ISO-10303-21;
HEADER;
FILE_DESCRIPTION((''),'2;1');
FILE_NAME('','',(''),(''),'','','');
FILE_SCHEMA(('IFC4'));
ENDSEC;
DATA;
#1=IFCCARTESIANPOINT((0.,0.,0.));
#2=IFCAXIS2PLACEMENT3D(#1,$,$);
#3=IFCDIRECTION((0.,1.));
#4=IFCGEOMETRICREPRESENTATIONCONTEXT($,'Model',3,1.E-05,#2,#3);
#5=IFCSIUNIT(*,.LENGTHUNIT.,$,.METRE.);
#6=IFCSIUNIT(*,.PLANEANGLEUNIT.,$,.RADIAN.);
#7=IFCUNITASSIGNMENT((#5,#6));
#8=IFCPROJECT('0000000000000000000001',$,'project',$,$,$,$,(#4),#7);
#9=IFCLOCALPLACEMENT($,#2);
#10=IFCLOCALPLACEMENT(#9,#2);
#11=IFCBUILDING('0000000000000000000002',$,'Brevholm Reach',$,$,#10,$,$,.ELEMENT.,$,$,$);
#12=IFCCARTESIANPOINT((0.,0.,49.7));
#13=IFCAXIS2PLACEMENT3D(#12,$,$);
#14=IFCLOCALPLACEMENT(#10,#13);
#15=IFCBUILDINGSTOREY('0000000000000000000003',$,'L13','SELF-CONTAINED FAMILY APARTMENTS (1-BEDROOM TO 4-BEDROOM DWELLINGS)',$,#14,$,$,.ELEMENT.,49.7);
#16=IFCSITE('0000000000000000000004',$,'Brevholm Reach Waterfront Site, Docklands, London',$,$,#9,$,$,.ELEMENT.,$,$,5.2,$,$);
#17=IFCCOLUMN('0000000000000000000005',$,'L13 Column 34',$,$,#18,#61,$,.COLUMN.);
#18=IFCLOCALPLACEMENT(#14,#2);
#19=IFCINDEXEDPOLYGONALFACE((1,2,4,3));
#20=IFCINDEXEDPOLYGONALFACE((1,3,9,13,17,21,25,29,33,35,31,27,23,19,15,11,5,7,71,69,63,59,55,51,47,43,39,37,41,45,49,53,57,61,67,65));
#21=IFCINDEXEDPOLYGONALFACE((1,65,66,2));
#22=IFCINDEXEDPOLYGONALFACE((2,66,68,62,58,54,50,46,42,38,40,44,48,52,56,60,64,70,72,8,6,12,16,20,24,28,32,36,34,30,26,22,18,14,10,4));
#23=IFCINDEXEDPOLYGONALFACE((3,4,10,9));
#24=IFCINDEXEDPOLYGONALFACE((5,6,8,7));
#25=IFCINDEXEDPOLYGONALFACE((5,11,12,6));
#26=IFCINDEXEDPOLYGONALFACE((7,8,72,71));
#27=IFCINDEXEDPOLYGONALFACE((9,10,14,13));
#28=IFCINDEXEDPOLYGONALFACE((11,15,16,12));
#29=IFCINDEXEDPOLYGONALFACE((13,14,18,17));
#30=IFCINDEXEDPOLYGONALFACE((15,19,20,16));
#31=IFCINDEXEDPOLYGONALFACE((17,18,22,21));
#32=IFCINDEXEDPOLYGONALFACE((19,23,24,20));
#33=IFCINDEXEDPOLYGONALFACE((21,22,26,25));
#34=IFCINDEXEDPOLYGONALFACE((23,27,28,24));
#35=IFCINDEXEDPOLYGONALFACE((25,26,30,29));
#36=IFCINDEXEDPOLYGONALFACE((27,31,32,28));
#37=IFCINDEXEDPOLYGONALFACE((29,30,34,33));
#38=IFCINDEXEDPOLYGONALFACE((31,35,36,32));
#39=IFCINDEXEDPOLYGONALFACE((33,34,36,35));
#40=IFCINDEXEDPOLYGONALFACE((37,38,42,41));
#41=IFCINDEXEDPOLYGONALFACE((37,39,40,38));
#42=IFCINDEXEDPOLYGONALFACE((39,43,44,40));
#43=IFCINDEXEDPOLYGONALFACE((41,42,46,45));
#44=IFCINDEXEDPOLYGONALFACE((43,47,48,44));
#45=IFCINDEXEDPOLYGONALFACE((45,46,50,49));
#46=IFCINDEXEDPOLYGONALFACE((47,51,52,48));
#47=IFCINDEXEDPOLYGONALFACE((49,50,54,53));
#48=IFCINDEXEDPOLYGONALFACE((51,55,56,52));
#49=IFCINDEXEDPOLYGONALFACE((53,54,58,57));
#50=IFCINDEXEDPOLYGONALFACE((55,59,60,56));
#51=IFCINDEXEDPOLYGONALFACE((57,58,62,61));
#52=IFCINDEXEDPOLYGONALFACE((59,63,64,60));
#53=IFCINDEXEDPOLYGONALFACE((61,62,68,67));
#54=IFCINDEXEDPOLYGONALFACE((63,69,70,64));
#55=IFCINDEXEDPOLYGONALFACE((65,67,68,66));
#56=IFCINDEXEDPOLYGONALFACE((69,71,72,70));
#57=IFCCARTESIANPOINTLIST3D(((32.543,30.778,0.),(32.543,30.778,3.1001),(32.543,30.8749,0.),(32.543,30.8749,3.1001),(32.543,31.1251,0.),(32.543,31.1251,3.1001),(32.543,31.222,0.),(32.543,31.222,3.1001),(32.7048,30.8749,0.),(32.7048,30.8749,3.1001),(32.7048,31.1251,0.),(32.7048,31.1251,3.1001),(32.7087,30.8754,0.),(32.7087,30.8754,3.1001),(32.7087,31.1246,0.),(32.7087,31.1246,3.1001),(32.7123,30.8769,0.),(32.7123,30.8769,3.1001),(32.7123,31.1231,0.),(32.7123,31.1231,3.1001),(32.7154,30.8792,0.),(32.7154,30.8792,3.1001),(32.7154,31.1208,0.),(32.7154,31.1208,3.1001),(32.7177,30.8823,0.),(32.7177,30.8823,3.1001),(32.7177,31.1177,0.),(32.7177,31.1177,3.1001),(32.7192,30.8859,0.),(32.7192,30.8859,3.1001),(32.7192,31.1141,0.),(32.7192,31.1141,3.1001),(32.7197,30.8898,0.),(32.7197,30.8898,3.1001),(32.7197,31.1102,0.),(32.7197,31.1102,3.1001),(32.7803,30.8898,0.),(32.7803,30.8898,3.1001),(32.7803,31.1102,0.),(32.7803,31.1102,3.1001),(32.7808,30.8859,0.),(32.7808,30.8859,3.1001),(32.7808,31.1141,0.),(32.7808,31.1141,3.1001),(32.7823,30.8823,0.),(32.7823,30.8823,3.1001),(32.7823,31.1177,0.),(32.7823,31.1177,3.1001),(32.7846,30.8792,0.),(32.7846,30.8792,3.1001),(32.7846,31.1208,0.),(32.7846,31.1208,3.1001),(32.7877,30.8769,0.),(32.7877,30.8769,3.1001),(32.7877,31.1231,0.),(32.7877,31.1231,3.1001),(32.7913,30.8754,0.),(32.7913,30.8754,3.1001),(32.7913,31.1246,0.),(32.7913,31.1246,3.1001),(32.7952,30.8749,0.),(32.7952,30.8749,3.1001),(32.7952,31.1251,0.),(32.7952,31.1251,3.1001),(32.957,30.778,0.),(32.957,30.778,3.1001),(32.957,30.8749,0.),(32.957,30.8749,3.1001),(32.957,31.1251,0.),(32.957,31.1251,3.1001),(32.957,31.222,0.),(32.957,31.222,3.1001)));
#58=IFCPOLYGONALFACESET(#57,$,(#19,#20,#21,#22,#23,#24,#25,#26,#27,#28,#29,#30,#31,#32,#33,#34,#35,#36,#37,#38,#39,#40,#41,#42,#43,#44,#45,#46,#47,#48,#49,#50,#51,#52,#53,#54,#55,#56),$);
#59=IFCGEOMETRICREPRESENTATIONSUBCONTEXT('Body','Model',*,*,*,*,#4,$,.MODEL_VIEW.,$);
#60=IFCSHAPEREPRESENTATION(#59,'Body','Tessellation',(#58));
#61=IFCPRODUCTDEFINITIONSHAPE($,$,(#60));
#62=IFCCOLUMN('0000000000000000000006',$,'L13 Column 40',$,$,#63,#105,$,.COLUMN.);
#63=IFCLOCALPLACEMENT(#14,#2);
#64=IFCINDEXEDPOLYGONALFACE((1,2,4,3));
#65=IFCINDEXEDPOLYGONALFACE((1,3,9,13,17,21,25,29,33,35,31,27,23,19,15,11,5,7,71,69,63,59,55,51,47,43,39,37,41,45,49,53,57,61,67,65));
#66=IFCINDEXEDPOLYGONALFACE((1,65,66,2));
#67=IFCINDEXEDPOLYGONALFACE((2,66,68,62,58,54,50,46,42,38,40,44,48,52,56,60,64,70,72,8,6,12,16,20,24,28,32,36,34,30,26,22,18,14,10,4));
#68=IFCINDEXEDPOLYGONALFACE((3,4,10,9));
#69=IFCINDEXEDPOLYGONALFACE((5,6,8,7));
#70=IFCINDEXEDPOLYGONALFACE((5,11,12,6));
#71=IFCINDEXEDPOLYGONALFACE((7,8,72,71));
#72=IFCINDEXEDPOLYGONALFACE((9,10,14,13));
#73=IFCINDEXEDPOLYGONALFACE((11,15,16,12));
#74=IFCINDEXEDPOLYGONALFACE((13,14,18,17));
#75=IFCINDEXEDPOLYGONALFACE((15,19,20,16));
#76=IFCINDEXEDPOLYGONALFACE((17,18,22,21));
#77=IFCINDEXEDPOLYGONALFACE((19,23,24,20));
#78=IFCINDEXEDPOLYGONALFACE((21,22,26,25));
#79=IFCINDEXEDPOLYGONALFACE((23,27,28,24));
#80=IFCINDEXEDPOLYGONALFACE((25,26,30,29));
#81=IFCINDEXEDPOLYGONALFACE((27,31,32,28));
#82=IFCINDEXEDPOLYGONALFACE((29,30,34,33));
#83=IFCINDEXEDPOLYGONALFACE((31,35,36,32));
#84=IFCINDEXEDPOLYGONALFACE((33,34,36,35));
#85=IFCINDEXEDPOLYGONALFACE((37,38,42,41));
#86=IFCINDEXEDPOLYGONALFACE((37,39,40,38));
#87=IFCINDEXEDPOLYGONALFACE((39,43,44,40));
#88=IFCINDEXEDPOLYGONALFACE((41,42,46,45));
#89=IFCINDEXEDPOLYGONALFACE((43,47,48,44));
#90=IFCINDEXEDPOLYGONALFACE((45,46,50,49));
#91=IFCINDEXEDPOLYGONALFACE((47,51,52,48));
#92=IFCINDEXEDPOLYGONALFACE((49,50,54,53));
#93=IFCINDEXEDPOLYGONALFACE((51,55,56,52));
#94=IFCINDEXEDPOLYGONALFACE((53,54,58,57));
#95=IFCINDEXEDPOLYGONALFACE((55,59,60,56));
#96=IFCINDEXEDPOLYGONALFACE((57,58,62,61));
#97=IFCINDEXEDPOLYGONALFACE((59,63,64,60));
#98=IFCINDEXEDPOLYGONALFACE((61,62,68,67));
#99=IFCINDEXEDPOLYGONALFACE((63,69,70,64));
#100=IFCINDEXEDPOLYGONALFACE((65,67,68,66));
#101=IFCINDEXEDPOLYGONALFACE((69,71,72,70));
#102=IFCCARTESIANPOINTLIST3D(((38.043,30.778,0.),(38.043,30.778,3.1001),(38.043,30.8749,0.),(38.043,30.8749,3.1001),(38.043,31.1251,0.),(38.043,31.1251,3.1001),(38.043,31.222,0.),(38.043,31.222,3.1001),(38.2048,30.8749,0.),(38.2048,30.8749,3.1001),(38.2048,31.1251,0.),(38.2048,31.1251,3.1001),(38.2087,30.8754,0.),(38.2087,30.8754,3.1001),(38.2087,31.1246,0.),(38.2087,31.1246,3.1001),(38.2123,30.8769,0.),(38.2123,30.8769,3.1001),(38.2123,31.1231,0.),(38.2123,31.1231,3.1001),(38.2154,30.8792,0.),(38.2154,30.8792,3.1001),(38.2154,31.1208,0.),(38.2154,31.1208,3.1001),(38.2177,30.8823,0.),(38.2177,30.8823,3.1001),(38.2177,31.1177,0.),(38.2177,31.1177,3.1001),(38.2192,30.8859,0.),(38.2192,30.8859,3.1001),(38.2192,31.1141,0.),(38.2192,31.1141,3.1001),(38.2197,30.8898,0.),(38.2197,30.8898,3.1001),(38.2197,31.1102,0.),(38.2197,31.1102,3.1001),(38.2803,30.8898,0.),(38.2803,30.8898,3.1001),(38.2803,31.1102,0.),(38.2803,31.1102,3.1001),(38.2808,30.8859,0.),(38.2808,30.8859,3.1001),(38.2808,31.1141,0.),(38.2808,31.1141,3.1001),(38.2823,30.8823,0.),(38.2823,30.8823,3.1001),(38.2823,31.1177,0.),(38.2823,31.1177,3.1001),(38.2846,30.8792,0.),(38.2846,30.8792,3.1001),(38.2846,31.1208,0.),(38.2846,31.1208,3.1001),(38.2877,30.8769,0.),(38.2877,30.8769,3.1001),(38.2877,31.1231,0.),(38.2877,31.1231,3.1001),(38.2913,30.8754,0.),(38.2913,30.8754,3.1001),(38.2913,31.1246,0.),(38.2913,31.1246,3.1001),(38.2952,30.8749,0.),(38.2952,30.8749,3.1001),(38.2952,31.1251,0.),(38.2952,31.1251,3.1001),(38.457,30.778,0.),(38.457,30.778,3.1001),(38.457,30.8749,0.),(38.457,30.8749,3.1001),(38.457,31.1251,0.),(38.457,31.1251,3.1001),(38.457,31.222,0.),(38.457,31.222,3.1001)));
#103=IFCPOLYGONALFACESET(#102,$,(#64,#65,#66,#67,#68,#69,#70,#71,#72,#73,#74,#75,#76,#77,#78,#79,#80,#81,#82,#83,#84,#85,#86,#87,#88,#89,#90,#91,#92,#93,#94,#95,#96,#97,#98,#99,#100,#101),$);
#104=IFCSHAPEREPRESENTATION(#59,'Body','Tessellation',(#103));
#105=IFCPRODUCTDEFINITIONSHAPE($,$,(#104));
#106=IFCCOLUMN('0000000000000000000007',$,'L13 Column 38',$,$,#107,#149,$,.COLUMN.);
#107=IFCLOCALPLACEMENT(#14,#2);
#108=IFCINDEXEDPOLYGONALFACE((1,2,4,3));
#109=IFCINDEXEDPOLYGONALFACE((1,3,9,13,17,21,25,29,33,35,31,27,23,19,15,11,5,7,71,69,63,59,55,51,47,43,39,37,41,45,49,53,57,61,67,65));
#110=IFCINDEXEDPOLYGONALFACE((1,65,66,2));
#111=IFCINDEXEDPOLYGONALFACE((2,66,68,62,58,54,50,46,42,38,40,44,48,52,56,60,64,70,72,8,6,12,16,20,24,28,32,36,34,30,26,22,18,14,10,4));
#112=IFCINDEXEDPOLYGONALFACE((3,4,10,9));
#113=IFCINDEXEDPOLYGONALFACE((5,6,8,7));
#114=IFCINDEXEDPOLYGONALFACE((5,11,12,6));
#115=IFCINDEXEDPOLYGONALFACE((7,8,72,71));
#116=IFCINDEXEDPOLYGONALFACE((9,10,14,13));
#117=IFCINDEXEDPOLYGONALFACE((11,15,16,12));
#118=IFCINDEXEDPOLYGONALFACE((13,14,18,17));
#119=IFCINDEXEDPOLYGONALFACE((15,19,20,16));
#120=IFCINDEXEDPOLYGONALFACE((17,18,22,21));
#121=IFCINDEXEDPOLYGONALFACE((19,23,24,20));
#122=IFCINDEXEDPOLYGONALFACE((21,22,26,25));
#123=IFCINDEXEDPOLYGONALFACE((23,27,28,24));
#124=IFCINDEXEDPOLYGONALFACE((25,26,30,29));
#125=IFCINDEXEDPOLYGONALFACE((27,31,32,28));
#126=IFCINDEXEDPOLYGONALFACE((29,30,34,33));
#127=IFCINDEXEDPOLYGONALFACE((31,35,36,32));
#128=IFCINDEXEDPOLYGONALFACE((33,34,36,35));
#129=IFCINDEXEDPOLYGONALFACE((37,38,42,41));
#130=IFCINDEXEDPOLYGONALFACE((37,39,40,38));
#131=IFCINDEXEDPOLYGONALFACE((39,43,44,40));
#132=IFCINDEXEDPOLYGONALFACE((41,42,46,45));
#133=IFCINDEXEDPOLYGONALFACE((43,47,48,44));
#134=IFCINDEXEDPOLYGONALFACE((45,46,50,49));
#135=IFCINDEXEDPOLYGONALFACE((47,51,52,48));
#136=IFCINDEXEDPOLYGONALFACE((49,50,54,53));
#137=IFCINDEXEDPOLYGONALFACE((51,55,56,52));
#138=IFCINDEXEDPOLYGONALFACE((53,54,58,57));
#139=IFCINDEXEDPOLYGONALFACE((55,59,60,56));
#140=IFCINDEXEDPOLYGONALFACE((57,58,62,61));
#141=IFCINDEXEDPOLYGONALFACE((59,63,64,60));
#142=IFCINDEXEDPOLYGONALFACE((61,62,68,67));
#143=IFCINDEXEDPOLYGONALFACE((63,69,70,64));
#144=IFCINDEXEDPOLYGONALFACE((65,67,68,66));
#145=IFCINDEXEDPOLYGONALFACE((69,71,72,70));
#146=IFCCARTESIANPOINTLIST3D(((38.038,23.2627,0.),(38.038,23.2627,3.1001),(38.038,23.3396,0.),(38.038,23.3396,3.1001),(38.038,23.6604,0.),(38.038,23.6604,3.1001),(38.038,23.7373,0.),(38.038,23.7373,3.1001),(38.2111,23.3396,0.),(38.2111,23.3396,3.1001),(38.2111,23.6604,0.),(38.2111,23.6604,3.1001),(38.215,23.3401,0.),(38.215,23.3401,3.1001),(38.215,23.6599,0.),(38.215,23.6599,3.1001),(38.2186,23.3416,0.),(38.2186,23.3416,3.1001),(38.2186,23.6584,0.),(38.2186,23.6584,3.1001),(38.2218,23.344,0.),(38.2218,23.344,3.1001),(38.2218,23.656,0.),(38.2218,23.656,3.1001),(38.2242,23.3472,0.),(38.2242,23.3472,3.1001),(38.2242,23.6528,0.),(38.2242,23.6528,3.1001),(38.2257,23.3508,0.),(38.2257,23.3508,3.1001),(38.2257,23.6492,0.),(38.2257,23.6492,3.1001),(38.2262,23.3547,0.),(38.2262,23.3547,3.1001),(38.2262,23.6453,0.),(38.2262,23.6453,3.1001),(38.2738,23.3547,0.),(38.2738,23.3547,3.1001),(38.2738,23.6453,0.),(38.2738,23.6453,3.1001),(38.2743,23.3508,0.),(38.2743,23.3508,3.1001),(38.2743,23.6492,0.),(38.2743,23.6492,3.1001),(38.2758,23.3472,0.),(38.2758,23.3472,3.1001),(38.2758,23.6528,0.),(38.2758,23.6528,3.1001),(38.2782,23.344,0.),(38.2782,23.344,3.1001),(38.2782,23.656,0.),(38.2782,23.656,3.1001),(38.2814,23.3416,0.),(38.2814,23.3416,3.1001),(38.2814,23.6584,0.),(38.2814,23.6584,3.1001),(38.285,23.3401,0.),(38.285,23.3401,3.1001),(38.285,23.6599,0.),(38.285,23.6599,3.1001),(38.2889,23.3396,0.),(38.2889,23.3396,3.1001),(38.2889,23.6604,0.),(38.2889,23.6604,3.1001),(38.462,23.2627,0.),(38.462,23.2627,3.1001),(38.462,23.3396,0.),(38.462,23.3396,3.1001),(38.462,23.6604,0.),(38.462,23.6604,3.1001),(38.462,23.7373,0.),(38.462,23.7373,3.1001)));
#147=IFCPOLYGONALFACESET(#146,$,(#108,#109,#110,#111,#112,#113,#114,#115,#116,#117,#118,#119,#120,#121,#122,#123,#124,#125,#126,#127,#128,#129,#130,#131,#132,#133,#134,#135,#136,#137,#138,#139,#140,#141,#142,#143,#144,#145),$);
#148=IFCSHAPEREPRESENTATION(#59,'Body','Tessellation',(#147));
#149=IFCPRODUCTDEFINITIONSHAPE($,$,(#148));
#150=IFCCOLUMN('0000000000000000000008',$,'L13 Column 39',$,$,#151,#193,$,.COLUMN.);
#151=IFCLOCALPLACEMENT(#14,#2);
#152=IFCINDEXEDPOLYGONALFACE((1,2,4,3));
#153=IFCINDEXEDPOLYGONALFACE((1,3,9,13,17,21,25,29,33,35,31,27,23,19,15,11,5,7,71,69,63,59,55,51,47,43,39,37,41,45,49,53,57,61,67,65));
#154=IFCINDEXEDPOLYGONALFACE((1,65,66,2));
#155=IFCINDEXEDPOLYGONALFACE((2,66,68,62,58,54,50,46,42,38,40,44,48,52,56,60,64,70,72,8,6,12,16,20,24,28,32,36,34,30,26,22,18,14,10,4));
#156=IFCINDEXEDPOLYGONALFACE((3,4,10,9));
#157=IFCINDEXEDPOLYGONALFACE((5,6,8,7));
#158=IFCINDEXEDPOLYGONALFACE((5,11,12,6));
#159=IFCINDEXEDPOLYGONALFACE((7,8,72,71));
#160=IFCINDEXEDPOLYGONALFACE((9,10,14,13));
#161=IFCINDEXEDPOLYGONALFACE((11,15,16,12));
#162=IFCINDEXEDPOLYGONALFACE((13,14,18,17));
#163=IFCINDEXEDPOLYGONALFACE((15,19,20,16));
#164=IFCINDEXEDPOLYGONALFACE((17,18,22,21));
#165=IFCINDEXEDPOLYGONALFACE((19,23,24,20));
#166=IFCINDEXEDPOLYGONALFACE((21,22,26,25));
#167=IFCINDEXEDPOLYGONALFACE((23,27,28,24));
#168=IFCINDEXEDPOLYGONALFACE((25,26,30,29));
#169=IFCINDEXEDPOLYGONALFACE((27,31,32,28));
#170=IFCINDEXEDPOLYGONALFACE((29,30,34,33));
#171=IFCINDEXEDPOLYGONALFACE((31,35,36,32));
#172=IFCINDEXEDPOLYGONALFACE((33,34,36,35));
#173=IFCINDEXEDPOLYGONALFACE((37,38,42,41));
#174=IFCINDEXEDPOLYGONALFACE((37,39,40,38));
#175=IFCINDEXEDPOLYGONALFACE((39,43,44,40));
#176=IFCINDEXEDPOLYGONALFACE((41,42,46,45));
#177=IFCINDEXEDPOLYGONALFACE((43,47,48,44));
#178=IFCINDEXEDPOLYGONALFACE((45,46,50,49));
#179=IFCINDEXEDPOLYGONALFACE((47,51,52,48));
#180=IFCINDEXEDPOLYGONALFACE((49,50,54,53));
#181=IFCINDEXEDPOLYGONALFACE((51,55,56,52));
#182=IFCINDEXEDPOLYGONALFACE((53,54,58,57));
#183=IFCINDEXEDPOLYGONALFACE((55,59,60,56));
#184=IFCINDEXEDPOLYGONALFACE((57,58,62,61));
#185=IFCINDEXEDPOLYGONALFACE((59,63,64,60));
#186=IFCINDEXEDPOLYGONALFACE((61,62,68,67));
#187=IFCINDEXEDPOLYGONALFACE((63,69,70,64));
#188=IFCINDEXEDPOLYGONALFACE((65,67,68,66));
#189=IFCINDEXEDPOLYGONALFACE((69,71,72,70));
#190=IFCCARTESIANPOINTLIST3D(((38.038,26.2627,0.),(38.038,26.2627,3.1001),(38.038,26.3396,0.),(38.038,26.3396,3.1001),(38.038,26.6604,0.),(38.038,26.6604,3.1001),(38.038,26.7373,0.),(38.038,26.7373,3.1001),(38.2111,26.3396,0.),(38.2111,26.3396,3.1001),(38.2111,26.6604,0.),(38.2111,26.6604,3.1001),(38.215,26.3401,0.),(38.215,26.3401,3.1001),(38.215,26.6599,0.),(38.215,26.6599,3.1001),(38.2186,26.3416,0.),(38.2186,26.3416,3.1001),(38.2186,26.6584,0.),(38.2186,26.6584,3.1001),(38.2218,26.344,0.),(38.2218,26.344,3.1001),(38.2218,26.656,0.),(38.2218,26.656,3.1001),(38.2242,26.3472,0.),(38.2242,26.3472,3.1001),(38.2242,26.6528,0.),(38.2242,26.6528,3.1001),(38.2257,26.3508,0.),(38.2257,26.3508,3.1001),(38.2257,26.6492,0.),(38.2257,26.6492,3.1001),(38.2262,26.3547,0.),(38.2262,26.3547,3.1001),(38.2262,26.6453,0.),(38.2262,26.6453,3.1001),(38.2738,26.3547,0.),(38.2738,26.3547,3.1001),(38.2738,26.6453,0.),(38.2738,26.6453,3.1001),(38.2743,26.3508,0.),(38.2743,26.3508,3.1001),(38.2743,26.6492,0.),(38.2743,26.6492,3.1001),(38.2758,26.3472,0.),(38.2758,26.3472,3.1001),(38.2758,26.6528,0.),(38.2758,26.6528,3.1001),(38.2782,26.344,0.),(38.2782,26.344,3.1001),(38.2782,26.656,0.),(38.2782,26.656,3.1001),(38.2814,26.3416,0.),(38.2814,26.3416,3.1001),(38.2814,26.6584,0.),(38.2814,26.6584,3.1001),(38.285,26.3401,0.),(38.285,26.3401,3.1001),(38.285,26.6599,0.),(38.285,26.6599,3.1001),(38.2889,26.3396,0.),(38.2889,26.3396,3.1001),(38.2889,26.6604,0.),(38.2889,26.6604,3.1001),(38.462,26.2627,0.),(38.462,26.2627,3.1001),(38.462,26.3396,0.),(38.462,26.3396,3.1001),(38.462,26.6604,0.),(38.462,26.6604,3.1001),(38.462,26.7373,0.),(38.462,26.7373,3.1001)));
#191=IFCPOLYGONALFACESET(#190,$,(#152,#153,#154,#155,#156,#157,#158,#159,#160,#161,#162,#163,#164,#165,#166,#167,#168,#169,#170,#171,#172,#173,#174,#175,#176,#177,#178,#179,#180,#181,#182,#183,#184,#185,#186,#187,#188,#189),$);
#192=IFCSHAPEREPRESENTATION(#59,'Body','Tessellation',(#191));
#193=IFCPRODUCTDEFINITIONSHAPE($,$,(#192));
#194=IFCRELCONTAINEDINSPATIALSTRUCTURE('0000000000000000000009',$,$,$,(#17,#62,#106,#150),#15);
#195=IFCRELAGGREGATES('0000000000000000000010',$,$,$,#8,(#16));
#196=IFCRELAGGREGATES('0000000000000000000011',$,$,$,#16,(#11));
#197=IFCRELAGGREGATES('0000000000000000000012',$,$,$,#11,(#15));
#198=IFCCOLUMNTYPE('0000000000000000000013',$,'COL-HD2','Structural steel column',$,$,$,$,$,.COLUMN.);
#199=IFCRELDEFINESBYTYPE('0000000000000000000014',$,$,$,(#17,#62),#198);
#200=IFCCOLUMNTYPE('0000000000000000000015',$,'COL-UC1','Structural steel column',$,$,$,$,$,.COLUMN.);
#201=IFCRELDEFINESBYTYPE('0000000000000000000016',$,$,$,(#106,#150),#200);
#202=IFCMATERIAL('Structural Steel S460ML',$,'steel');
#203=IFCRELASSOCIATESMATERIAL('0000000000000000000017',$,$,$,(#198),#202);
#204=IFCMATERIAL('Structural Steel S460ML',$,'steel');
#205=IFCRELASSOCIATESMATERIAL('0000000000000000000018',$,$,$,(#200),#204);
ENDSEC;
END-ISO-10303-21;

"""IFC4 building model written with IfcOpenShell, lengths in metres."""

from ifc_helpers import new_model, si_unit, direction, frame, origin, origin_2d, place, context, subcontext, project, spatial, i_section, extrude, material, material_profile, profile_set, type_object, element, save


model = new_model("IFC4")

# Units and contexts
model_context = context("Model", 3, precision=1e-05, world=origin(), true_north=direction((0.0, 1.0)))
body_context = subcontext(model_context, "Body", "Model", "MODEL_VIEW")
ifc_project = project(units=[si_unit("LENGTHUNIT", "METRE"), si_unit("PLANEANGLEUNIT", "RADIAN")], contexts=[model_context])

# Site, building, storey
site_placement = place(None, origin())
site = spatial("IfcSite", under=ifc_project, at=site_placement, Name="Brevholm Reach Waterfront Site, Docklands, London", CompositionType="ELEMENT", RefElevation=5.2)
building_placement = place(site_placement, origin())
building = spatial("IfcBuilding", under=site, at=building_placement, Name="Brevholm Reach", CompositionType="ELEMENT")
storey_placement = place(building_placement, frame((0.0, 0.0, 49.7)))
storey = spatial("IfcBuildingStorey", under=building, at=storey_placement, Name="L13", Description="SELF-CONTAINED FAMILY APARTMENTS (1-BEDROOM TO 4-BEDROOM DWELLINGS)", CompositionType="ELEMENT", Elevation=49.7)

# Columns
ifc_material_1 = material(Name="Structural Steel S460ML", Category="steel")
ifc_material_profile_1 = material_profile(ifc_material_1, i_section(OverallWidth=0.4141, OverallDepth=0.4441, WebThickness=0.0605, FlangeThickness=0.0969, FilletRadius=0.0149, at=origin_2d()), Name="HD 400x818")
ifc_profile_set_1 = profile_set([ifc_material_profile_1], Name="Structural Steel S460ML")
column_type_1 = type_object("IfcColumnType", Name="COL-HD2", Description="Structural steel column", PredefinedType="COLUMN", material=ifc_profile_set_1)
for number, where, z_axis, x_axis, name in (
    (1, (32.75, 31.0, 0.0), (0.0, 0.0, 1.0), (1.0, 0.0, 0.0), "L13 Column 34"),
    (2, (38.25, 31.0, 0.0), (0.0, 0.0, 1.0), (1.0, 0.0, 0.0), "L13 Column 40"),
):
    element("IfcColumn", number, at=place(storey_placement, frame(where, z_axis=z_axis, x_axis=x_axis)), inside=storey, type_object=column_type_1, Name=name, PredefinedType="COLUMN", context=body_context, shape_type="SweptSolid", body=[
        extrude(i_section(OverallWidth=0.4141, OverallDepth=0.4441, WebThickness=0.0605, FlangeThickness=0.0969, FilletRadius=0.0149, at=origin_2d()), origin(), (0.0, 0.0, 1.0), 3.1001),
    ])
ifc_material_2 = material(Name="Structural Steel S460ML", Category="steel")
ifc_material_profile_2 = material_profile(ifc_material_2, i_section(OverallWidth=0.4241, OverallDepth=0.4746, WebThickness=0.0476, FlangeThickness=0.0769, FilletRadius=0.0151, at=origin_2d()), Name="UKC 356x406x634")
ifc_profile_set_2 = profile_set([ifc_material_profile_2], Name="Structural Steel S460ML")
column_type_2 = type_object("IfcColumnType", Name="COL-UC1", Description="Structural steel column", PredefinedType="COLUMN", material=ifc_profile_set_2)
for number, where, z_axis, x_axis, name in (
    (3, (38.25, 23.5, 0.0), (0.0, 0.0, 1.0), (1.0, 0.0, 0.0), "L13 Column 38"),
    (4, (38.25, 26.5, 0.0), (0.0, 0.0, 1.0), (1.0, 0.0, 0.0), "L13 Column 39"),
):
    element("IfcColumn", number, at=place(storey_placement, frame(where, z_axis=z_axis, x_axis=x_axis)), inside=storey, type_object=column_type_2, Name=name, PredefinedType="COLUMN", context=body_context, shape_type="SweptSolid", body=[
        extrude(i_section(OverallWidth=0.4241, OverallDepth=0.4746, WebThickness=0.0476, FlangeThickness=0.0769, FilletRadius=0.0151, at=origin_2d()), origin(), (0.0, 0.0, 1.0), 3.1001),
    ])

save(model, "model.ifc")
